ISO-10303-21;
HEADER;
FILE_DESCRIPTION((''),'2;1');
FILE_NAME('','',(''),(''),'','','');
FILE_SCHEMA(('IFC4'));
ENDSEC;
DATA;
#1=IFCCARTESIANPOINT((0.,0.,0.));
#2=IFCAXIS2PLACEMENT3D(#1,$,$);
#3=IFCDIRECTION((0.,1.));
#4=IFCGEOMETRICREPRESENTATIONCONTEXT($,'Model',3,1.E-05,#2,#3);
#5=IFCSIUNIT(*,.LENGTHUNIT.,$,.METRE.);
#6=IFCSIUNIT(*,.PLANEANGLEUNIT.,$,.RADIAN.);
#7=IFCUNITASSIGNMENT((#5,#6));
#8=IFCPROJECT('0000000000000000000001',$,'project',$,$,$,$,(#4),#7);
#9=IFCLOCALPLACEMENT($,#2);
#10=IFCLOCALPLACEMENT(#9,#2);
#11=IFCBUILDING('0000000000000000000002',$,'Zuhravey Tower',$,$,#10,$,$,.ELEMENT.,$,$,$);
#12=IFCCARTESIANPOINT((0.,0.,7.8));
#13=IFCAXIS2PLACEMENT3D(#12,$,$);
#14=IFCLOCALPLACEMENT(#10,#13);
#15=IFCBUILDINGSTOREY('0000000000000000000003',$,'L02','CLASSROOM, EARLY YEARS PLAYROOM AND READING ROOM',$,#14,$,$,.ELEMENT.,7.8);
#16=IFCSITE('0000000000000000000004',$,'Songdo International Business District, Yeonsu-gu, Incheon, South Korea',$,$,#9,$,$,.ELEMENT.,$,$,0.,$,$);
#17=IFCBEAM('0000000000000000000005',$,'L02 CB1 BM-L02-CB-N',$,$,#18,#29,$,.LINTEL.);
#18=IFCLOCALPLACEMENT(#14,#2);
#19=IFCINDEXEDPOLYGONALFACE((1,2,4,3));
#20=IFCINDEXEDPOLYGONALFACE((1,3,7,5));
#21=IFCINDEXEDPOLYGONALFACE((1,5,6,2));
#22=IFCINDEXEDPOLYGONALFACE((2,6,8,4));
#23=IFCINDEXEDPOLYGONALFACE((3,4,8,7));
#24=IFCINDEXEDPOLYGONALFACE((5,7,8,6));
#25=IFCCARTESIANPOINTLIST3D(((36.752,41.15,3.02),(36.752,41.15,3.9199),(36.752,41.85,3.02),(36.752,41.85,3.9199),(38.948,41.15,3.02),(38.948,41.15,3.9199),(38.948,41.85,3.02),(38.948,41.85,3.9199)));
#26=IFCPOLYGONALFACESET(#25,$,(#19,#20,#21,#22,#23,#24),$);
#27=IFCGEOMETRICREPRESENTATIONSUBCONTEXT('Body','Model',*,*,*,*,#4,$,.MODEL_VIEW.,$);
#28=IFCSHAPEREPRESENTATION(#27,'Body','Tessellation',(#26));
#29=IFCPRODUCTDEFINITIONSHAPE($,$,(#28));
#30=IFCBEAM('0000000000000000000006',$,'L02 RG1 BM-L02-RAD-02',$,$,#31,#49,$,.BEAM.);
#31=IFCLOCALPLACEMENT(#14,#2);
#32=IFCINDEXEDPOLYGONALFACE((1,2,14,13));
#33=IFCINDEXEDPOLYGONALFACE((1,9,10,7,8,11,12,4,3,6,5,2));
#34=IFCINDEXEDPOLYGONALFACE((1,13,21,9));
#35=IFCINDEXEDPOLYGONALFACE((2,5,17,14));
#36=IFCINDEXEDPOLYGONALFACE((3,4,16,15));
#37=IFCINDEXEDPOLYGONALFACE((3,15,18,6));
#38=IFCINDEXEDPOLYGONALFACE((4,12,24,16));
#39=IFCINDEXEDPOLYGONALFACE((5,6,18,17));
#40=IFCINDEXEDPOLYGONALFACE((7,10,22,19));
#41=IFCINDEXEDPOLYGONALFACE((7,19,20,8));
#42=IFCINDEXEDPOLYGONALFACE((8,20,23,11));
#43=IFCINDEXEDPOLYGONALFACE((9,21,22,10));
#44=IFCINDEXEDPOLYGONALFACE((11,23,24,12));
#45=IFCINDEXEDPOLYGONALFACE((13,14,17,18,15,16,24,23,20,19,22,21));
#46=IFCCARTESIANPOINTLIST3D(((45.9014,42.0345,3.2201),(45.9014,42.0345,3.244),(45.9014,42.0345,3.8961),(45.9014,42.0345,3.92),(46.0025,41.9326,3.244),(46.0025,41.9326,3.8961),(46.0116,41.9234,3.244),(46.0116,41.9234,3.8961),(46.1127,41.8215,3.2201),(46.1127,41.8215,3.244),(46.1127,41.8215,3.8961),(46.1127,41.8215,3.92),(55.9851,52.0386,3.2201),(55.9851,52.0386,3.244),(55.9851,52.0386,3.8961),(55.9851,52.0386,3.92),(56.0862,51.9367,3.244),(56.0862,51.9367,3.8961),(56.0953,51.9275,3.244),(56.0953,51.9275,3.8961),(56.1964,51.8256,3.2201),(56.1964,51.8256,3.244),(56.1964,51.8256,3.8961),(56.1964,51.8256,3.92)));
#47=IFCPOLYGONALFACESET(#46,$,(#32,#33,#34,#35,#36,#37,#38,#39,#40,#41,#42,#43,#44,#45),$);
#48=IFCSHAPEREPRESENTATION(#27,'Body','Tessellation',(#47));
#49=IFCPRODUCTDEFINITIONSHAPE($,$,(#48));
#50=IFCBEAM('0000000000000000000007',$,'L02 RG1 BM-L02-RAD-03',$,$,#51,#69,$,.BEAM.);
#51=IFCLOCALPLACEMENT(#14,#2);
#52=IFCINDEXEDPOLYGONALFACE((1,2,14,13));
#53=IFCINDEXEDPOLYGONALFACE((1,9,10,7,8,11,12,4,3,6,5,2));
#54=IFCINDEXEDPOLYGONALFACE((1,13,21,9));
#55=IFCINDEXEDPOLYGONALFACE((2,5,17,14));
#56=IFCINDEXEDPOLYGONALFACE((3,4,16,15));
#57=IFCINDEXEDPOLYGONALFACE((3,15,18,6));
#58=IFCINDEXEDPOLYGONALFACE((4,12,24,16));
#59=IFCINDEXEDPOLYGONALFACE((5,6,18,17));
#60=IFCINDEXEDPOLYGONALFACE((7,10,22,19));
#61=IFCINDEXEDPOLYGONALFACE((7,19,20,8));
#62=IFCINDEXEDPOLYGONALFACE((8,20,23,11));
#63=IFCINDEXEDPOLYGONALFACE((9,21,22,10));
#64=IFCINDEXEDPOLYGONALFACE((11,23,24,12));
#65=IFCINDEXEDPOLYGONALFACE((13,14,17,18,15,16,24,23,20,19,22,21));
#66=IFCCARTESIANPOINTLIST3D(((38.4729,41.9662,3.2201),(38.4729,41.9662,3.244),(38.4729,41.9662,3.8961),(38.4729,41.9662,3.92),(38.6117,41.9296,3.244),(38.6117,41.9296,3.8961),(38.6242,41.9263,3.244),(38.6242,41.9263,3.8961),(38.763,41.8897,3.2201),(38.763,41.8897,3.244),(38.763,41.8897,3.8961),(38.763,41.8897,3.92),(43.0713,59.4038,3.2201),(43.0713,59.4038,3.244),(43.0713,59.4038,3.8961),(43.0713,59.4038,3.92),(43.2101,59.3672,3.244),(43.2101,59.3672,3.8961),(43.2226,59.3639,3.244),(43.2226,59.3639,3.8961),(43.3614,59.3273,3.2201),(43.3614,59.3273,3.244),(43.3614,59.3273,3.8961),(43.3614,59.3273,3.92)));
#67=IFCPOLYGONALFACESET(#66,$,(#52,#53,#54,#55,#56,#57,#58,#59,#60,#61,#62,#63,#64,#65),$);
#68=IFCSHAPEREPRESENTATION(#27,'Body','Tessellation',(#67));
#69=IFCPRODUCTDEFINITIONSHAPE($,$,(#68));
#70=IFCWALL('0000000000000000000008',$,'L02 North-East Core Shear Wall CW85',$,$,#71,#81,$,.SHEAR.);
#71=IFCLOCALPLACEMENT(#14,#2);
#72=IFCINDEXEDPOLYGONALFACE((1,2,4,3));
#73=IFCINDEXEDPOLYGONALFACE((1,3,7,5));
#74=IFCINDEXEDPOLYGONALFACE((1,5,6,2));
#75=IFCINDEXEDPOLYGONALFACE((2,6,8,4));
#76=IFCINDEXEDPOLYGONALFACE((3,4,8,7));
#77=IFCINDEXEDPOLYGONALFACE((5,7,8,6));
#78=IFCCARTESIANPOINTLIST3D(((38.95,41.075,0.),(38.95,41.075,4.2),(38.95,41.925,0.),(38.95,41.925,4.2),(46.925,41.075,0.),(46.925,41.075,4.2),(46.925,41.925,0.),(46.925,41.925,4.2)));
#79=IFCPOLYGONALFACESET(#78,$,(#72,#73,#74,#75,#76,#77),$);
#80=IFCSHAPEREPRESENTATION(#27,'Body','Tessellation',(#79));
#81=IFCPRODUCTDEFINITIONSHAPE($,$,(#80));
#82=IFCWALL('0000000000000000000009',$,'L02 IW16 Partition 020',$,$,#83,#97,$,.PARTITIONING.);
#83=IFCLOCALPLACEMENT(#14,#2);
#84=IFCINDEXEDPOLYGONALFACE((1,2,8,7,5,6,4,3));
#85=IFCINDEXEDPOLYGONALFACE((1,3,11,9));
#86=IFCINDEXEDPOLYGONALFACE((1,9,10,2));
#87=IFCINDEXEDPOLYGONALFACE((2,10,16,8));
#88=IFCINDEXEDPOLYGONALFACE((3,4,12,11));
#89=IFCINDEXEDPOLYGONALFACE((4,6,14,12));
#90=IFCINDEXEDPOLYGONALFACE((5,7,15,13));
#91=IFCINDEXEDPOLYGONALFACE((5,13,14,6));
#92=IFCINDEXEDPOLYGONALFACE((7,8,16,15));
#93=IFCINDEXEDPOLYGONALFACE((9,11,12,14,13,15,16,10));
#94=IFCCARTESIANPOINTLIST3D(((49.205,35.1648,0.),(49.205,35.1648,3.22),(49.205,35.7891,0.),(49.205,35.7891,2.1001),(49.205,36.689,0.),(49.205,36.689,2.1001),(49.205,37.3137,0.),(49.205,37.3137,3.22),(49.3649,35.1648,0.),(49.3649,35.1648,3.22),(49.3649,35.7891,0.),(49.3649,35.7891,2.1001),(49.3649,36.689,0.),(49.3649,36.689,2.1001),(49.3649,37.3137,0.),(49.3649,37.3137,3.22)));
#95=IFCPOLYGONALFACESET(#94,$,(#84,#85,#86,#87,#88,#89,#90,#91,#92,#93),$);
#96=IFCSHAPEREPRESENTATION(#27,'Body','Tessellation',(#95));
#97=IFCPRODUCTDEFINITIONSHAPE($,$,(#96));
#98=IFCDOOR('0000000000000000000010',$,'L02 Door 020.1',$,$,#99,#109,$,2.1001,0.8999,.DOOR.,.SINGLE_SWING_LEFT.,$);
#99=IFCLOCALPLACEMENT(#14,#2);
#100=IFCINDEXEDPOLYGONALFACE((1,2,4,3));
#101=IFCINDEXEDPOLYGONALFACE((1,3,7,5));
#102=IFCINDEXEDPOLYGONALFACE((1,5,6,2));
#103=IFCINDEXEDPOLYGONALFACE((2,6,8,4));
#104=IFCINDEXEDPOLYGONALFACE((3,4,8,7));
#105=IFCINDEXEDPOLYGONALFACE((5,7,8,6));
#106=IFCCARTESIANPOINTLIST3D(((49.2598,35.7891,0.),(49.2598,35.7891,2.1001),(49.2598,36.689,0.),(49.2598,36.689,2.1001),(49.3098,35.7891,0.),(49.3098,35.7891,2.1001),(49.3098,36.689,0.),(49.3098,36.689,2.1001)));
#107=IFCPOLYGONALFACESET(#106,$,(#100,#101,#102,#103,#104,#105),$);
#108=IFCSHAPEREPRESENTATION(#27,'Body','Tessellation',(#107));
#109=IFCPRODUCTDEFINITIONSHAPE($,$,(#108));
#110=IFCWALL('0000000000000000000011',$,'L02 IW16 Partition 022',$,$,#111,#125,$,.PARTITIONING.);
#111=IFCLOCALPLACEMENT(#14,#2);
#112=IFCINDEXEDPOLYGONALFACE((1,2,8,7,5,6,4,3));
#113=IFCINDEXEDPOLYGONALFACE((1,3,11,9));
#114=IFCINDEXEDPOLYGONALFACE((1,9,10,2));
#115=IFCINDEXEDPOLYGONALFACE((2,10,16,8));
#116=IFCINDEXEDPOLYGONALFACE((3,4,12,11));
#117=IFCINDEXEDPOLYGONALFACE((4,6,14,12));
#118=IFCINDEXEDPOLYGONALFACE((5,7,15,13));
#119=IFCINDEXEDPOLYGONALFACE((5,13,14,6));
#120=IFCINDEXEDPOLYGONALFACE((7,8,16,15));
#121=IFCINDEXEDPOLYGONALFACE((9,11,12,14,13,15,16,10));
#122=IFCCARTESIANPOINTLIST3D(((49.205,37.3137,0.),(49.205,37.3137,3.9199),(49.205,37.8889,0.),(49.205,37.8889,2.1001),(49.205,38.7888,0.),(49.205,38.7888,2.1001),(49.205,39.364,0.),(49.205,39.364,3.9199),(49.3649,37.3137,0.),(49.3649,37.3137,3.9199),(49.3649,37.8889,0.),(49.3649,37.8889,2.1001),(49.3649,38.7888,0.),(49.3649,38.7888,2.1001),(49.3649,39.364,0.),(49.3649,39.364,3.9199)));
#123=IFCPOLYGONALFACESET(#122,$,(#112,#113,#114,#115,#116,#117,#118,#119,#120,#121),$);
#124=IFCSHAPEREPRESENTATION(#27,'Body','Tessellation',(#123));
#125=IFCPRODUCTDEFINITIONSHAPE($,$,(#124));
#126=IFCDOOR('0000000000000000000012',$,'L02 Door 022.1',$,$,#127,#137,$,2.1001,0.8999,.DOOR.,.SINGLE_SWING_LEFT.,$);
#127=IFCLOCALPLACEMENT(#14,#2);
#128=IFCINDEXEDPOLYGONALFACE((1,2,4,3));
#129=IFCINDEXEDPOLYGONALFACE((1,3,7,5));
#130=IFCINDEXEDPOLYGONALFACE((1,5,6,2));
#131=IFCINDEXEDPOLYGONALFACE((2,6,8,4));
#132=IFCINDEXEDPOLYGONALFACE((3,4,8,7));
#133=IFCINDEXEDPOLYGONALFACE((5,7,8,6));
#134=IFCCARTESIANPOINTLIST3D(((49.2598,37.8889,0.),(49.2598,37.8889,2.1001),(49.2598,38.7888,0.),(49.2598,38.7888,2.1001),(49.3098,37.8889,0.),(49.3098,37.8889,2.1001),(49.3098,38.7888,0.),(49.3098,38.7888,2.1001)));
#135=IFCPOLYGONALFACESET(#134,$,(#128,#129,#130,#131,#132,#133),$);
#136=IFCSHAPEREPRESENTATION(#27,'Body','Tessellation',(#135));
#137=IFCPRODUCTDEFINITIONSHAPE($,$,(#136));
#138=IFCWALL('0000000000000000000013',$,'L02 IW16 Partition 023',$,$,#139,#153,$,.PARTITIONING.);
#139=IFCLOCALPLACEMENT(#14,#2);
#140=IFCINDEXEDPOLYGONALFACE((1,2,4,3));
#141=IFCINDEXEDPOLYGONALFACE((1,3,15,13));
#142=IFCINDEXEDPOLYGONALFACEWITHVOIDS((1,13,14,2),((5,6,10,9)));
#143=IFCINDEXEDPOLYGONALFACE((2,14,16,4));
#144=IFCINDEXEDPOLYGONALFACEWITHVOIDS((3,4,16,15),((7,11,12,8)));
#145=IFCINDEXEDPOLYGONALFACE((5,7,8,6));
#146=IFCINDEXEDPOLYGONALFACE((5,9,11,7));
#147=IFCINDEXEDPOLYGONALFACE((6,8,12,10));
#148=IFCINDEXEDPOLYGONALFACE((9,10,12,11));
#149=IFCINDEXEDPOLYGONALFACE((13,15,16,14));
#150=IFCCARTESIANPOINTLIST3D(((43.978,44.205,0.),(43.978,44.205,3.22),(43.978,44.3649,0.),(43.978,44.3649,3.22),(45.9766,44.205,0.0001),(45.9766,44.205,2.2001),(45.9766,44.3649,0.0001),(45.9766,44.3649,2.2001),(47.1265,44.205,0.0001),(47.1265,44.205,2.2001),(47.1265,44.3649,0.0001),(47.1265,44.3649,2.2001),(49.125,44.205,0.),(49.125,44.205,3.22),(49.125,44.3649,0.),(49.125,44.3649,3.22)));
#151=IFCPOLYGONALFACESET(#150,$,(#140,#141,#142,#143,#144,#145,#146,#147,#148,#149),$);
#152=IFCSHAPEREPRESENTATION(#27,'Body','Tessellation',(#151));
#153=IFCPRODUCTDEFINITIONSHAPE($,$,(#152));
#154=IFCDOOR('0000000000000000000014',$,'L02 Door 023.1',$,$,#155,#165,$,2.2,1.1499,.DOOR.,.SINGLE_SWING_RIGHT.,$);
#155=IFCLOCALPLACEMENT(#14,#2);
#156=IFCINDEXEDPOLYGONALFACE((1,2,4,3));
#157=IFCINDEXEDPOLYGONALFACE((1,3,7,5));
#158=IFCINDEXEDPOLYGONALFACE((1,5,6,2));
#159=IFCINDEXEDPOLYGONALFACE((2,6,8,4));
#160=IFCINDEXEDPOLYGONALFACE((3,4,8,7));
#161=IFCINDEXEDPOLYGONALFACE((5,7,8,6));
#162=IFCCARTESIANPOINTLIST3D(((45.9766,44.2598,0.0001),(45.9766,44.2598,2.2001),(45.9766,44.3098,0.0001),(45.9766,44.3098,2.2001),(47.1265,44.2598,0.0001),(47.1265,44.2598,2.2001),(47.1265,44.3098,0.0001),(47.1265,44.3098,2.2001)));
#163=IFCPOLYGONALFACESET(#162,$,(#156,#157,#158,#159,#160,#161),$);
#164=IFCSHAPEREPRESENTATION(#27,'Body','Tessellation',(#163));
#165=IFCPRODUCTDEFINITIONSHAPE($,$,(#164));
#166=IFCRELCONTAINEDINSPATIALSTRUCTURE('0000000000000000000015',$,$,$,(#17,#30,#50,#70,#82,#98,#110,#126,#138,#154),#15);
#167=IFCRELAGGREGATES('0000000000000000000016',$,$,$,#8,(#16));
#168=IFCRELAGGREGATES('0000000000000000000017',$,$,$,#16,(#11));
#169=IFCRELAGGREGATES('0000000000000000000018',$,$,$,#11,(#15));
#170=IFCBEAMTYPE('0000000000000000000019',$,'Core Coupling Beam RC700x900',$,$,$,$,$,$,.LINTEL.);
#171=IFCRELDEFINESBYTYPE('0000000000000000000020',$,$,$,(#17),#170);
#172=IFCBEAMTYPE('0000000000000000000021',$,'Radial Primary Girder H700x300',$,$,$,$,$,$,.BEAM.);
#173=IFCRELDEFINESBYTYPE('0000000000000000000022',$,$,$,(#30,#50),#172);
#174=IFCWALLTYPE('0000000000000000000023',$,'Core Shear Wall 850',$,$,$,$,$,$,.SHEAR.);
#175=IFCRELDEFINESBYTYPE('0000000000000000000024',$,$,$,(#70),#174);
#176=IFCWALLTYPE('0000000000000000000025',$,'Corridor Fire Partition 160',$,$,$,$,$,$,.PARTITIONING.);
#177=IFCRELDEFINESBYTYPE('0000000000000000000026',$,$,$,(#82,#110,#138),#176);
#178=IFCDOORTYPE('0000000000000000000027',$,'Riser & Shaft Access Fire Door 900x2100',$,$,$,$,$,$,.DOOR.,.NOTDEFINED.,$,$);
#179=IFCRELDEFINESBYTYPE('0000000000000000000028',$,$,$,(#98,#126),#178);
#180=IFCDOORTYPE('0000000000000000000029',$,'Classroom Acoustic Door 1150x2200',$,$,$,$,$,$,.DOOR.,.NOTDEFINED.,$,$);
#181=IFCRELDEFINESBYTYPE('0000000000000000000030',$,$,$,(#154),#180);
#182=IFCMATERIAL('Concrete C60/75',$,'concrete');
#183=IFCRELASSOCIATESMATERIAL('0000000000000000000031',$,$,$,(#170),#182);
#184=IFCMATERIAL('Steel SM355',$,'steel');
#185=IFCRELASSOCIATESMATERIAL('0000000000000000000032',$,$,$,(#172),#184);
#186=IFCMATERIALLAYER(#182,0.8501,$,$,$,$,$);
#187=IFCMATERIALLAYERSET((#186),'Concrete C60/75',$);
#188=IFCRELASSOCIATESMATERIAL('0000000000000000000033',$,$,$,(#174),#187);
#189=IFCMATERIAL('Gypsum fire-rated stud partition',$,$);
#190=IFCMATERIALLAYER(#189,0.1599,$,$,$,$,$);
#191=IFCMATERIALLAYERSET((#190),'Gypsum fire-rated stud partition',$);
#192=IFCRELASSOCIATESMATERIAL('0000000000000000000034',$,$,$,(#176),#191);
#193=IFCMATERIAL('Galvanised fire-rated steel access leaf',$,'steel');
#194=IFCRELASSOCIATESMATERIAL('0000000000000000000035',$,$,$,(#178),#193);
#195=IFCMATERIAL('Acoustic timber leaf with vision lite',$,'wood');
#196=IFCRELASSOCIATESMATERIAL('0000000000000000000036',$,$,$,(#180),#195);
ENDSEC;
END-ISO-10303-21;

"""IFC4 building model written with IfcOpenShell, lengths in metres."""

from ifc_helpers import new_model, si_unit, direction, frame, frame_2d, origin, origin_2d, place, context, subcontext, project, spatial, rectangle, i_section, extrude, material, layer, layer_set, material_profile, profile_set, type_object, element, fill, save


model = new_model("IFC4")

# Units and contexts
model_context = context("Model", 3, precision=1e-05, world=origin(), true_north=direction((0.0, 1.0)))
body_context = subcontext(model_context, "Body", "Model", "MODEL_VIEW")
ifc_project = project(units=[si_unit("LENGTHUNIT", "METRE"), si_unit("PLANEANGLEUNIT", "RADIAN")], contexts=[model_context])

# Site, building, storey
site_placement = place(None, origin())
site = spatial("IfcSite", under=ifc_project, at=site_placement, Name="Songdo International Business District, Yeonsu-gu, Incheon, South Korea", CompositionType="ELEMENT", RefElevation=0.0)
building_placement = place(site_placement, origin())
building = spatial("IfcBuilding", under=site, at=building_placement, Name="Zuhravey Tower", CompositionType="ELEMENT")
storey_placement = place(building_placement, frame((0.0, 0.0, 7.8)))
storey = spatial("IfcBuildingStorey", under=building, at=storey_placement, Name="L02", Description="CLASSROOM, EARLY YEARS PLAYROOM AND READING ROOM", CompositionType="ELEMENT", Elevation=7.8)

# Beams
ifc_material_1 = material(Name="Concrete C60/75", Category="concrete")
ifc_material_profile_1 = material_profile(ifc_material_1, rectangle(XDim=0.7, YDim=0.8999, at=origin_2d()), Name="RC-700x900")
ifc_profile_set_1 = profile_set([ifc_material_profile_1], Name="Concrete C60/75")
beam_type_1 = type_object("IfcBeamType", Name="Core Coupling Beam RC700x900", PredefinedType="LINTEL", material=ifc_profile_set_1)
beam_1_placement = place(storey_placement, frame((36.752, 41.5, 3.47), z_axis=(1.0, 0.0, 0.0), x_axis=(0.0, 1.0, 0.0)))
element("IfcBeam", 1, at=beam_1_placement, inside=storey, type_object=beam_type_1, Name="L02 CB1 BM-L02-CB-N", PredefinedType="LINTEL", context=body_context, shape_type="SweptSolid", body=[
    extrude(rectangle(XDim=0.7, YDim=0.8999, at=origin_2d()), origin(), (0.0, 0.0, 1.0), 2.196),
])
ifc_material_2 = material(Name="Steel SM355", Category="steel")
ifc_material_profile_2 = material_profile(ifc_material_2, i_section(OverallWidth=0.3, OverallDepth=0.7, WebThickness=0.0129, FlangeThickness=0.0239, at=origin_2d()), Name="H-700x300x13x24")
ifc_profile_set_2 = profile_set([ifc_material_profile_2], Name="Steel SM355")
beam_type_2 = type_object("IfcBeamType", Name="Radial Primary Girder H700x300", PredefinedType="BEAM", material=ifc_profile_set_2)
beam_2_placement = place(storey_placement, frame((46.0071, 41.928, 3.5701), z_axis=(0.709903, 0.7043, 0.0), x_axis=(-0.7043, 0.709903, 0.0)))
element("IfcBeam", 2, at=beam_2_placement, inside=storey, type_object=beam_type_2, Name="L02 RG1 BM-L02-RAD-02", PredefinedType="BEAM", context=body_context, shape_type="SweptSolid", body=[
    extrude(i_section(OverallWidth=0.3, OverallDepth=0.7, WebThickness=0.0129, FlangeThickness=0.0239, at=origin_2d()), origin(), (0.0, 0.0, 1.0), 14.2043),
])
beam_3_placement = place(storey_placement, frame((38.6179, 41.928, 3.5701), z_axis=(0.25499, 0.966944, 0.0), x_axis=(-0.966944, 0.25499, 0.0)))
element("IfcBeam", 3, at=beam_3_placement, inside=storey, type_object=beam_type_2, Name="L02 RG1 BM-L02-RAD-03", PredefinedType="BEAM", context=body_context, shape_type="SweptSolid", body=[
    extrude(i_section(OverallWidth=0.3, OverallDepth=0.7, WebThickness=0.0129, FlangeThickness=0.0239, at=origin_2d()), origin(), (0.0, 0.0, 1.0), 18.0337),
])

# Wall
ifc_layer_1 = layer(ifc_material_1, 0.8501)
ifc_layer_set_1 = layer_set([ifc_layer_1], Name="Concrete C60/75")
wall_type_1 = type_object("IfcWallType", Name="Core Shear Wall 850", PredefinedType="SHEAR", material=ifc_layer_set_1)
wall_1_placement = place(storey_placement, frame((46.925, 41.5, 0.0), z_axis=(0.0, 0.0, 1.0), x_axis=(-1.0, 0.0, 0.0)))
element("IfcWall", 4, at=wall_1_placement, inside=storey, type_object=wall_type_1, Name="L02 North-East Core Shear Wall CW85", PredefinedType="SHEAR", context=body_context, shape_type="SweptSolid", body=[
    extrude(rectangle(XDim=7.9751, YDim=0.8501, at=frame_2d((3.9875, 0.0))), origin(), (0.0, 0.0, 1.0), 4.2),
])

# Walls, openings, doors
ifc_material_3 = material(Name="Gypsum fire-rated stud partition")
ifc_layer_2 = layer(ifc_material_3, 0.1599)
ifc_layer_set_2 = layer_set([ifc_layer_2], Name="Gypsum fire-rated stud partition")
wall_type_2 = type_object("IfcWallType", Name="Corridor Fire Partition 160", PredefinedType="PARTITIONING", material=ifc_layer_set_2)
wall_2_placement = place(storey_placement, frame((49.2849, 35.1648, 0.0), z_axis=(0.0, 0.0, 1.0), x_axis=(0.0, 1.0, 0.0)))
wall_2 = element("IfcWall", 5, at=wall_2_placement, inside=storey, type_object=wall_type_2, Name="L02 IW16 Partition 020", PredefinedType="PARTITIONING", context=body_context, shape_type="SweptSolid", body=[
    extrude(rectangle(XDim=2.1489, YDim=0.1599, at=frame_2d((1.0745, 0.0))), origin(), (0.0, 0.0, 1.0), 3.22),
])
opening_1_placement = place(wall_2_placement, frame((0.6243, 0.0, 0.0)))
opening_1 = element("IfcOpeningElement", 6, at=opening_1_placement, cuts=wall_2, PredefinedType="OPENING", context=body_context, shape_type="SweptSolid", body=[
    extrude(rectangle(XDim=0.8999, YDim=2.1001, at=frame_2d((0.45, 1.05))), frame((0.0, 0.092, 0.0), z_axis=(0.0, -1.0, 0.0), x_axis=(1.0, 0.0, 0.0)), (0.0, 0.0, 1.0), 0.1838),
])
ifc_material_4 = material(Name="Galvanised fire-rated steel access leaf", Category="steel")
door_type_1 = type_object("IfcDoorType", Name="Riser & Shaft Access Fire Door 900x2100", OperationType="NOTDEFINED", PredefinedType="DOOR", material=ifc_material_4)
door_1_placement = place(opening_1_placement, frame((0.8999, 0.0, 0.0), z_axis=(0.0, 0.0, 1.0), x_axis=(-1.0, 0.0, 0.0)))
door_1 = element("IfcDoor", 7, at=door_1_placement, inside=storey, type_object=door_type_1, Name="L02 Door 020.1", OperationType="SINGLE_SWING_LEFT", OverallHeight=2.1001, OverallWidth=0.8999, PredefinedType="DOOR", context=body_context, shape_type="SweptSolid", body=[
    extrude(rectangle(XDim=0.8999, YDim=2.1001, at=frame_2d((0.45, 1.05))), frame((0.0, 0.0249, 0.0), z_axis=(0.0, -1.0, 0.0), x_axis=(1.0, 0.0, 0.0)), (0.0, 0.0, 1.0), 0.05),
])
fill(opening_1, door_1)
wall_3_placement = place(storey_placement, frame((49.2849, 37.3137, 0.0), z_axis=(0.0, 0.0, 1.0), x_axis=(0.0, 1.0, 0.0)))
wall_3 = element("IfcWall", 8, at=wall_3_placement, inside=storey, type_object=wall_type_2, Name="L02 IW16 Partition 022", PredefinedType="PARTITIONING", context=body_context, shape_type="SweptSolid", body=[
    extrude(rectangle(XDim=2.0503, YDim=0.1599, at=frame_2d((1.0251, 0.0))), origin(), (0.0, 0.0, 1.0), 3.9199),
])
opening_2_placement = place(wall_3_placement, frame((0.5752, 0.0, 0.0)))
opening_2 = element("IfcOpeningElement", 9, at=opening_2_placement, cuts=wall_3, PredefinedType="OPENING", context=body_context, shape_type="SweptSolid", body=[
    extrude(rectangle(XDim=0.8999, YDim=2.1001, at=frame_2d((0.45, 1.05))), frame((0.0, 0.092, 0.0), z_axis=(0.0, -1.0, 0.0), x_axis=(1.0, 0.0, 0.0)), (0.0, 0.0, 1.0), 0.1838),
])
door_2_placement = place(opening_2_placement, frame((0.8999, 0.0, 0.0), z_axis=(0.0, 0.0, 1.0), x_axis=(-1.0, 0.0, 0.0)))
door_2 = element("IfcDoor", 10, at=door_2_placement, inside=storey, type_object=door_type_1, Name="L02 Door 022.1", OperationType="SINGLE_SWING_LEFT", OverallHeight=2.1001, OverallWidth=0.8999, PredefinedType="DOOR", context=body_context, shape_type="SweptSolid", body=[
    extrude(rectangle(XDim=0.8999, YDim=2.1001, at=frame_2d((0.45, 1.05))), frame((0.0, 0.0249, 0.0), z_axis=(0.0, -1.0, 0.0), x_axis=(1.0, 0.0, 0.0)), (0.0, 0.0, 1.0), 0.05),
])
fill(opening_2, door_2)
wall_4_placement = place(storey_placement, frame((49.125, 44.2849, 0.0), z_axis=(0.0, 0.0, 1.0), x_axis=(-1.0, 0.0, 0.0)))
wall_4 = element("IfcWall", 11, at=wall_4_placement, inside=storey, type_object=wall_type_2, Name="L02 IW16 Partition 023", PredefinedType="PARTITIONING", context=body_context, shape_type="SweptSolid", body=[
    extrude(rectangle(XDim=5.147, YDim=0.1599, at=frame_2d((2.5735, 0.0))), origin(), (0.0, 0.0, 1.0), 3.22),
])
opening_3_placement = place(wall_4_placement, frame((1.9985, 0.0, 0.0)))
opening_3 = element("IfcOpeningElement", 12, at=opening_3_placement, cuts=wall_4, PredefinedType="OPENING", context=body_context, shape_type="SweptSolid", body=[
    extrude(rectangle(XDim=1.1499, YDim=2.2, at=frame_2d((0.575, 1.1001))), frame((0.0, 0.092, 0.0), z_axis=(0.0, -1.0, 0.0), x_axis=(1.0, 0.0, 0.0)), (0.0, 0.0, 1.0), 0.1838),
])
ifc_material_5 = material(Name="Acoustic timber leaf with vision lite", Category="wood")
door_type_2 = type_object("IfcDoorType", Name="Classroom Acoustic Door 1150x2200", OperationType="NOTDEFINED", PredefinedType="DOOR", material=ifc_material_5)
door_3_placement = place(opening_3_placement, frame((1.1499, 0.0, 0.0), z_axis=(0.0, 0.0, 1.0), x_axis=(-1.0, 0.0, 0.0)))
door_3 = element("IfcDoor", 13, at=door_3_placement, inside=storey, type_object=door_type_2, Name="L02 Door 023.1", OperationType="SINGLE_SWING_RIGHT", OverallHeight=2.2, OverallWidth=1.1499, PredefinedType="DOOR", context=body_context, shape_type="SweptSolid", body=[
    extrude(rectangle(XDim=1.1499, YDim=2.2, at=frame_2d((0.575, 1.1001))), frame((0.0, 0.0249, 0.0), z_axis=(0.0, -1.0, 0.0), x_axis=(1.0, 0.0, 0.0)), (0.0, 0.0, 1.0), 0.05),
])
fill(opening_3, door_3)

save(model, "model.ifc")
